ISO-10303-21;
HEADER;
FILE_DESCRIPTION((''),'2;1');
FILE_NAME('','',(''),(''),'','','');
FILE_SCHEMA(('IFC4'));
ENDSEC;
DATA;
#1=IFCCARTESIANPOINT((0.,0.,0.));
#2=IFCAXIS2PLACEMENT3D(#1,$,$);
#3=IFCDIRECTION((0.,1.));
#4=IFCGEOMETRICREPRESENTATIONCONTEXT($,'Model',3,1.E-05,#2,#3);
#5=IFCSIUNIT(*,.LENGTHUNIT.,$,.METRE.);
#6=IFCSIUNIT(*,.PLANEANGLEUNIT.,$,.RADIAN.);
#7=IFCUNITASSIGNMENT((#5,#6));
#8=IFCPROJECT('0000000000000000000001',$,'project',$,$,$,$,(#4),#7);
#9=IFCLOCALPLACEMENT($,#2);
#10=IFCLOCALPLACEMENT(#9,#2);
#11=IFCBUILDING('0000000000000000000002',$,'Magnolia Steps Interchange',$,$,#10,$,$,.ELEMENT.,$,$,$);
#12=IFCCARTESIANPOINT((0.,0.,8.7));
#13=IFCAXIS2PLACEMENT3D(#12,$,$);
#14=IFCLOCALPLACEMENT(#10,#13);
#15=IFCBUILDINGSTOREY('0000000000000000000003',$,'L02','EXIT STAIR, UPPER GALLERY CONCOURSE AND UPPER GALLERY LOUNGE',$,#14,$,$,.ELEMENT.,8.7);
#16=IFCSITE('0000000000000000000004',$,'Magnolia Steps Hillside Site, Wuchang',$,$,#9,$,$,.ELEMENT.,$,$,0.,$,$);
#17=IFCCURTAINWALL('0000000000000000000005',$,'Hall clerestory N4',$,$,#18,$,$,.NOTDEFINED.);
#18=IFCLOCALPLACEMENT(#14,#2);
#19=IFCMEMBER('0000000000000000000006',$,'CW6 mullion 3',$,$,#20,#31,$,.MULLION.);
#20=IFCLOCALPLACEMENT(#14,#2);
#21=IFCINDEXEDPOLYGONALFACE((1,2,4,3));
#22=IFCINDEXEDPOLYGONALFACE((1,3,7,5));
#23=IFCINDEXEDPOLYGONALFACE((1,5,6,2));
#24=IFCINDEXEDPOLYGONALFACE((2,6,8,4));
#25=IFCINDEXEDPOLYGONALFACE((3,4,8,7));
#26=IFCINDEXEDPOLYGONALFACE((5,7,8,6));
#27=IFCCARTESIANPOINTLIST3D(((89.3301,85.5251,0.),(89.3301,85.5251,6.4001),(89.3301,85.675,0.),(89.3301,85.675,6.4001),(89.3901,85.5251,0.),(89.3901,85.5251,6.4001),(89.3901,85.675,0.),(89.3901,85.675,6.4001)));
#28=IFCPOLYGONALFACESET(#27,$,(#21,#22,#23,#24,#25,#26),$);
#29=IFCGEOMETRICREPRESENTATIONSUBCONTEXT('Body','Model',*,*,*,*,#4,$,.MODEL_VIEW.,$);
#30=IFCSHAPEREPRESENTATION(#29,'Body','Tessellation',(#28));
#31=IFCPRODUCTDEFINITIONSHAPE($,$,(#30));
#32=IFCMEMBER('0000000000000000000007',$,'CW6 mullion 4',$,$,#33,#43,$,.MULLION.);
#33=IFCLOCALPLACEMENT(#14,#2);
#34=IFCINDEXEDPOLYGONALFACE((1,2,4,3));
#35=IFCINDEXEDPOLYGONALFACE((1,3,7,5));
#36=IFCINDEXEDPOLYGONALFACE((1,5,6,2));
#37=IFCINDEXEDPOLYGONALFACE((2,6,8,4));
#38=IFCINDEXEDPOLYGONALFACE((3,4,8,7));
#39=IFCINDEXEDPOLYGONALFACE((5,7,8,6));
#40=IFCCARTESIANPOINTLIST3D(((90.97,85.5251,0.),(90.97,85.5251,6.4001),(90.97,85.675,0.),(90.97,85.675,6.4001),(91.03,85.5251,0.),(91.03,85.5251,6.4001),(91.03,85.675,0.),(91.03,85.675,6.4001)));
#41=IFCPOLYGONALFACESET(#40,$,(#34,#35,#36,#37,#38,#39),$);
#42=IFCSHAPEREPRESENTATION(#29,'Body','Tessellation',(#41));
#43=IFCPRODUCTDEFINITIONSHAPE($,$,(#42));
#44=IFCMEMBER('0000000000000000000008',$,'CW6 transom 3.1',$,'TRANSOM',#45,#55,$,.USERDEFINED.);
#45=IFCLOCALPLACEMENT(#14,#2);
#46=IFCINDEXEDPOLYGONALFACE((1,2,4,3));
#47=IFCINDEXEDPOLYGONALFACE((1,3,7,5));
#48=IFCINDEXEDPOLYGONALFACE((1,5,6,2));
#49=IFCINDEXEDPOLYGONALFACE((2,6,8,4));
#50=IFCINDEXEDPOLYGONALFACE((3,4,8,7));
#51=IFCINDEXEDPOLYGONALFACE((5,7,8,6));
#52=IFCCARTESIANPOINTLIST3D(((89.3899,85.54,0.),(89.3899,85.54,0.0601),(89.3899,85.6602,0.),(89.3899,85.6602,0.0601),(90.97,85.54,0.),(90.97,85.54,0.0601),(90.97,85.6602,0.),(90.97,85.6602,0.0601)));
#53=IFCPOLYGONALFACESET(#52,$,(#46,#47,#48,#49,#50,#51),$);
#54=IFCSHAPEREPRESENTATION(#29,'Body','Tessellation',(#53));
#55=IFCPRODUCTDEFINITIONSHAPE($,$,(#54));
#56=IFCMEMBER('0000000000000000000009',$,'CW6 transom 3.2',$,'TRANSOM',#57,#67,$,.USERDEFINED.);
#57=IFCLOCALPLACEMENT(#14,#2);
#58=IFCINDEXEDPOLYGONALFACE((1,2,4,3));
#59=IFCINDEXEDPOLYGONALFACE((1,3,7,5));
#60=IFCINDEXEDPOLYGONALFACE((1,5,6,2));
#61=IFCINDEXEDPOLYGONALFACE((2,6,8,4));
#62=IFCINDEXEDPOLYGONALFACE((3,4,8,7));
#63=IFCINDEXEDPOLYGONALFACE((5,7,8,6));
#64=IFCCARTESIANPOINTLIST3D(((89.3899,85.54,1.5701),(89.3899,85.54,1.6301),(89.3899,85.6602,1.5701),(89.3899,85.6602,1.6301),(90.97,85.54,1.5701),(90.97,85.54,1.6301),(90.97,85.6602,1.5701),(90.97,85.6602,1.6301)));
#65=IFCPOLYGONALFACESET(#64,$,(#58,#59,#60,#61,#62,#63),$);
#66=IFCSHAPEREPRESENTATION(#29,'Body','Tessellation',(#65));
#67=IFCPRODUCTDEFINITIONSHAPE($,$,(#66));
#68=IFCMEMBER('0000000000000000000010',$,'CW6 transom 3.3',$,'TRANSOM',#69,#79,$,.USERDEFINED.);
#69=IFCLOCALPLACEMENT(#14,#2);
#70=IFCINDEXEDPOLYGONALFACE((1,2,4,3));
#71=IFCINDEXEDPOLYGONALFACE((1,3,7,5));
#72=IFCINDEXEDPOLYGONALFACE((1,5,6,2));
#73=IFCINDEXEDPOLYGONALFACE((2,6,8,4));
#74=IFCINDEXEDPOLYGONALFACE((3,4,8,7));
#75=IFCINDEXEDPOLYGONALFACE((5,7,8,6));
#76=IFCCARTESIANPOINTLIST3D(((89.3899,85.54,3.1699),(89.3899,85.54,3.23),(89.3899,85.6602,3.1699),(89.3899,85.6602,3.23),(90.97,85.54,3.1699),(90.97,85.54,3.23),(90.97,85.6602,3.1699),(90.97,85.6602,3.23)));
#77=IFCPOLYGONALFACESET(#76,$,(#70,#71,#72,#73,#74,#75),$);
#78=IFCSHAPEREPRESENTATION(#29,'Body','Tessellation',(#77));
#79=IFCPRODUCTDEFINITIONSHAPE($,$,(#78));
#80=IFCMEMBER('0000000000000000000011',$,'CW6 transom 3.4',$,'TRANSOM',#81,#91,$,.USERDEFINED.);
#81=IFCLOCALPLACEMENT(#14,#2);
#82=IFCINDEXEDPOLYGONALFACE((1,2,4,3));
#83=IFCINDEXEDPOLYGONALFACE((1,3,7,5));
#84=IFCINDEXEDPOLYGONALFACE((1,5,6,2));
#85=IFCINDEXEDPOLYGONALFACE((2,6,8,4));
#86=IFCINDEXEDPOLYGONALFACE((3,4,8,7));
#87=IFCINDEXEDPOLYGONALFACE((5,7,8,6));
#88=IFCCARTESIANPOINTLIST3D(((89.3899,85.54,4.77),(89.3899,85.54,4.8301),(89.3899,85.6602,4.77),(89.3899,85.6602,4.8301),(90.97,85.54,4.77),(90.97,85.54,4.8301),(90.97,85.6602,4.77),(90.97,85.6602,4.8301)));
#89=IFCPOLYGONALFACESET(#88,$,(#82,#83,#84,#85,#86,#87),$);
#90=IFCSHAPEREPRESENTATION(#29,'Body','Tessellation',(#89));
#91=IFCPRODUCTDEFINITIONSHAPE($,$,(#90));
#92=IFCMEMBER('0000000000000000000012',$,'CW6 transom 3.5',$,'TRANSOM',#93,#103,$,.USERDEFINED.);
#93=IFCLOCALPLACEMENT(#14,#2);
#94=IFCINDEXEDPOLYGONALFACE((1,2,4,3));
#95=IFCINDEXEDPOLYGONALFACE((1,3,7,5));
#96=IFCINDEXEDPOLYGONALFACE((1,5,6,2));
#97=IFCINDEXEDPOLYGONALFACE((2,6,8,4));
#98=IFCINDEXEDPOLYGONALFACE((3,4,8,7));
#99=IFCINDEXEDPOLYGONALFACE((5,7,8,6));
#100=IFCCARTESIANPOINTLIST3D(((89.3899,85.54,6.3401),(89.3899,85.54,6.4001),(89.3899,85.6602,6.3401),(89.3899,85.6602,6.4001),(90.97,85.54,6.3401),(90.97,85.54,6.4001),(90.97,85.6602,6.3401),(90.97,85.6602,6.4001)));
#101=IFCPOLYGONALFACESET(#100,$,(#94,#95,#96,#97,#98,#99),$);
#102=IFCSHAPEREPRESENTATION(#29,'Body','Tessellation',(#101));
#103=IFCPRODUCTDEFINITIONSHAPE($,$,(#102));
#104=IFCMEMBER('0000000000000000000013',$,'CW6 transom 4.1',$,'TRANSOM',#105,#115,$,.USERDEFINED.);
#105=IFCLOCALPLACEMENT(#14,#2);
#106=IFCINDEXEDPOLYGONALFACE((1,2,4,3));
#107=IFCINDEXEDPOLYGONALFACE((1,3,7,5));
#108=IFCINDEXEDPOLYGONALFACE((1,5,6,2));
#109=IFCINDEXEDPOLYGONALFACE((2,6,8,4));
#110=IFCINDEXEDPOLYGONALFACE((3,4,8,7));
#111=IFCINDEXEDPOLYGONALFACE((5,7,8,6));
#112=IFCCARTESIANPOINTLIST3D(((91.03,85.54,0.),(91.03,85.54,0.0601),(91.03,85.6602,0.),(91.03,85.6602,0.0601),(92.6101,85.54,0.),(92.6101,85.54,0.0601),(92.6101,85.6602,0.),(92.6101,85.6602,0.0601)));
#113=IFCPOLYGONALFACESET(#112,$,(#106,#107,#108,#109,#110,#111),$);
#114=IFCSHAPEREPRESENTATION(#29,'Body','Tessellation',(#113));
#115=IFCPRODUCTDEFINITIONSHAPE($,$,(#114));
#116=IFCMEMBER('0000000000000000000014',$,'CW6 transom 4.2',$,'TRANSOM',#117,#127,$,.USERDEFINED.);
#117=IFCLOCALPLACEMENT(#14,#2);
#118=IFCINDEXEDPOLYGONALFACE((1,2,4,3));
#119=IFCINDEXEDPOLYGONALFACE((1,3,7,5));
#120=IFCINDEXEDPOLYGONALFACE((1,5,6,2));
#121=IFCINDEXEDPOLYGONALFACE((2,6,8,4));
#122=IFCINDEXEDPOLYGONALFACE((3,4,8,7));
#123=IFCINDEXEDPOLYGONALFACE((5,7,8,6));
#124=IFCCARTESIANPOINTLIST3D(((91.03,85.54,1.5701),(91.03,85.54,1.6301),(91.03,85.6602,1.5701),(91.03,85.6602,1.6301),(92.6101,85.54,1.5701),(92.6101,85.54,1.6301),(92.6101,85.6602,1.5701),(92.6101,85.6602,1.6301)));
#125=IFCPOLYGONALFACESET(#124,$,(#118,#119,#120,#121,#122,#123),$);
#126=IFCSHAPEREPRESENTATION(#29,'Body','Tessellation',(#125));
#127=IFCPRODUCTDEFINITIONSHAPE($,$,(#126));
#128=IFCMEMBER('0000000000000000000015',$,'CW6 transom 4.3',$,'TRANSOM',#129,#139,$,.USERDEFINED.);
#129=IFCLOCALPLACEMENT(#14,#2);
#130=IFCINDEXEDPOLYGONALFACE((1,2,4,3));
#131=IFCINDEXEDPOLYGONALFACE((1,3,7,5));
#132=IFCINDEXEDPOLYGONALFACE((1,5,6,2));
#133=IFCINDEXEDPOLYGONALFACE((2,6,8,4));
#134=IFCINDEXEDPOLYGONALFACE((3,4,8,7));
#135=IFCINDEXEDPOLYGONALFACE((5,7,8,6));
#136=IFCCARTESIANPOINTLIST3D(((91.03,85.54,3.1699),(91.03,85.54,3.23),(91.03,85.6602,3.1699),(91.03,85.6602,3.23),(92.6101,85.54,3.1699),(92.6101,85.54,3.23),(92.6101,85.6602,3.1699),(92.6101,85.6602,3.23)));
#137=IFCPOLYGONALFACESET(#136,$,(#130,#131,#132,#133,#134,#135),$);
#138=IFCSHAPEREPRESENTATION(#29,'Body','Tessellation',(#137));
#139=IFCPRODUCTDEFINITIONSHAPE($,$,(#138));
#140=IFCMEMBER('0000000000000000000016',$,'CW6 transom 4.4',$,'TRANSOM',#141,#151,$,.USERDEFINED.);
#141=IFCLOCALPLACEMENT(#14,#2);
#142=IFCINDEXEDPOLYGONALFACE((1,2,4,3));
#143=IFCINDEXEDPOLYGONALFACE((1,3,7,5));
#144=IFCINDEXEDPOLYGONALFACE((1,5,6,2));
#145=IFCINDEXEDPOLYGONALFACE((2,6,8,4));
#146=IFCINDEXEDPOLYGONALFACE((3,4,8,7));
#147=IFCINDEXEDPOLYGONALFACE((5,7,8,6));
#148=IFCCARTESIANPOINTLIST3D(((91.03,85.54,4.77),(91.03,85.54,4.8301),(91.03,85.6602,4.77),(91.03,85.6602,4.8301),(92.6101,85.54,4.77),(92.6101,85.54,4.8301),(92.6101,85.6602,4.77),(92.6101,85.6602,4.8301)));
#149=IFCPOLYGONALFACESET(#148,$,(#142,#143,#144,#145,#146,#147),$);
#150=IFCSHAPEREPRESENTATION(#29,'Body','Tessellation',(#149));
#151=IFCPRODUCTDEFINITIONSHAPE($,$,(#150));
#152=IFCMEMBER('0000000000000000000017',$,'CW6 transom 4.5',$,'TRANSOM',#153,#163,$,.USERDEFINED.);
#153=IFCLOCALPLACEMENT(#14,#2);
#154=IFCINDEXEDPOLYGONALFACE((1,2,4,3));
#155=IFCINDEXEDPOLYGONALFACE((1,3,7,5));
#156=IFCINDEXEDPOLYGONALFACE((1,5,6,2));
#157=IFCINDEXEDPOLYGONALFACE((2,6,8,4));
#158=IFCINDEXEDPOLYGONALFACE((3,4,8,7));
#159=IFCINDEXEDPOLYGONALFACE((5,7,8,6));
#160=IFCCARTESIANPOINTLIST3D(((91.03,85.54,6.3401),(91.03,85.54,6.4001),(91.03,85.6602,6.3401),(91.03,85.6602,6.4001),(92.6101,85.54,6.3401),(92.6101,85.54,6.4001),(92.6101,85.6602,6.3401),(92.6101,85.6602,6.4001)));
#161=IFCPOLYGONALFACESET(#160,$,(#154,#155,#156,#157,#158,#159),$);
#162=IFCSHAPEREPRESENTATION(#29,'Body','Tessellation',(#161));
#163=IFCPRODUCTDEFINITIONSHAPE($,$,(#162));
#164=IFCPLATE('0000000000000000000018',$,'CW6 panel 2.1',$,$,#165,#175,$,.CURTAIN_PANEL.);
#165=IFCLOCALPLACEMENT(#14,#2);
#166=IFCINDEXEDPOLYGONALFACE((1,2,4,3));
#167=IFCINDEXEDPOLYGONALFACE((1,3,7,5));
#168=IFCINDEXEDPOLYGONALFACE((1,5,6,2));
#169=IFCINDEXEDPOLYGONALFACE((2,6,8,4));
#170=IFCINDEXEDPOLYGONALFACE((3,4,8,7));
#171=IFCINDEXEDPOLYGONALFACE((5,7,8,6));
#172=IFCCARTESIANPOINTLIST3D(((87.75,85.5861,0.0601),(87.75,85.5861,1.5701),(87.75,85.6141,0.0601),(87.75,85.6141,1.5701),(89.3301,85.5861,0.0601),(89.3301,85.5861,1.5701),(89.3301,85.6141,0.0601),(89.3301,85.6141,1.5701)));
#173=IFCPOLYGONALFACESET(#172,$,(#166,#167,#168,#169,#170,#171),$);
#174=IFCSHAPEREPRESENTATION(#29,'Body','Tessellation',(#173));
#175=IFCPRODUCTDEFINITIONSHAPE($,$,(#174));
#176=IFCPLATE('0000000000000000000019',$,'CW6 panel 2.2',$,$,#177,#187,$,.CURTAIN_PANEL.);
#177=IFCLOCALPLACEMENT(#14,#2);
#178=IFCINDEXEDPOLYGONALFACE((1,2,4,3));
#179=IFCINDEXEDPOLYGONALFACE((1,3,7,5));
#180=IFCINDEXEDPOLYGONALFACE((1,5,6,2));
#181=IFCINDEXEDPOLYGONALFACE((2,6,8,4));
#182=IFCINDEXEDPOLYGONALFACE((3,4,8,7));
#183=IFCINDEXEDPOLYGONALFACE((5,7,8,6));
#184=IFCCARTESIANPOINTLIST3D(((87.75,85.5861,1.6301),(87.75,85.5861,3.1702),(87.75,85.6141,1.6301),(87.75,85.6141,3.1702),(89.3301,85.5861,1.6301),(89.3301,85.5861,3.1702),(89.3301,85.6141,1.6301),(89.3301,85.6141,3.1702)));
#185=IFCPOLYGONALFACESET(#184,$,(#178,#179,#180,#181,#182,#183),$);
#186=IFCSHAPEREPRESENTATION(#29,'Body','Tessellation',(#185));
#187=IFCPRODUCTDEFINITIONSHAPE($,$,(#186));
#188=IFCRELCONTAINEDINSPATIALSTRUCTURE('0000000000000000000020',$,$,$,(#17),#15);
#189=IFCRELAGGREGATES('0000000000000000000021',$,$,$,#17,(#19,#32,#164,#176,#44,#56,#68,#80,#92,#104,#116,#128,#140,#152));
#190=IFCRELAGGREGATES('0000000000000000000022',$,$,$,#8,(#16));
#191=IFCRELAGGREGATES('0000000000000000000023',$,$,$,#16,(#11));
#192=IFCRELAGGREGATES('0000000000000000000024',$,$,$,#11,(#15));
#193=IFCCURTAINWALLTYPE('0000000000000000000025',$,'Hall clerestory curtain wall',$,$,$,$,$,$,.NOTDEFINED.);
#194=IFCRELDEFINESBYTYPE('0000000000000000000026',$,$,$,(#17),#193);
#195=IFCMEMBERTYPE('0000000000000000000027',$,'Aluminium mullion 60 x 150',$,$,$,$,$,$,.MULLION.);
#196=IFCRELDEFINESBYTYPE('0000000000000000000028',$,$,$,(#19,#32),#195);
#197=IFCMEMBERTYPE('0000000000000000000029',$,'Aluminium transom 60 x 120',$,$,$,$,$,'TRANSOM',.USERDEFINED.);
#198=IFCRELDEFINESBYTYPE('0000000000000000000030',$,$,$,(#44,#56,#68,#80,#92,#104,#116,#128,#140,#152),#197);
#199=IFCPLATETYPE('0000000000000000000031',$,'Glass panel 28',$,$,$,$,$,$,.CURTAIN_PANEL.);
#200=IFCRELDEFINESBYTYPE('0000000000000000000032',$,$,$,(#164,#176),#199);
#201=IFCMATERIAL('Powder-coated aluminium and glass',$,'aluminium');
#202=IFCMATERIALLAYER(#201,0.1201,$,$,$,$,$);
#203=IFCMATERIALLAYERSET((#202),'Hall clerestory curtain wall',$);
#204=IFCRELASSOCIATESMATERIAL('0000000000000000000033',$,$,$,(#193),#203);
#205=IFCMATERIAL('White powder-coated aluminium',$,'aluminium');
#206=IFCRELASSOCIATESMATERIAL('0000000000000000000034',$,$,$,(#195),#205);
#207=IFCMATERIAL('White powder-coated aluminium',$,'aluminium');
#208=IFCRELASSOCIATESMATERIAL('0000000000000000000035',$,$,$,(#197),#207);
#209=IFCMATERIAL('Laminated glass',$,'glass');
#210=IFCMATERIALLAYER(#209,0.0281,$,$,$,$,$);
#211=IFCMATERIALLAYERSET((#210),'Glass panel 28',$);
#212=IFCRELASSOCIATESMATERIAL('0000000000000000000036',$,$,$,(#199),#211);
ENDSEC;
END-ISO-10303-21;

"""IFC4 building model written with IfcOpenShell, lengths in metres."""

from ifc_helpers import new_model, si_unit, direction, frame, origin, origin_2d, place, context, subcontext, project, spatial, rectangle, extrude, material, layer, layer_set, material_profile, profile_set, type_object, element, aggregate, save


model = new_model("IFC4")

# Units and contexts
model_context = context("Model", 3, precision=1e-05, world=origin(), true_north=direction((0.0, 1.0)))
body_context = subcontext(model_context, "Body", "Model", "MODEL_VIEW")
ifc_project = project(units=[si_unit("LENGTHUNIT", "METRE"), si_unit("PLANEANGLEUNIT", "RADIAN")], contexts=[model_context])

# Site, building, storey
site_placement = place(None, origin())
site = spatial("IfcSite", under=ifc_project, at=site_placement, Name="Magnolia Steps Hillside Site, Wuchang", CompositionType="ELEMENT", RefElevation=0.0)
building_placement = place(site_placement, origin())
building = spatial("IfcBuilding", under=site, at=building_placement, Name="Magnolia Steps Interchange", CompositionType="ELEMENT")
storey_placement = place(building_placement, frame((0.0, 0.0, 8.7)))
storey = spatial("IfcBuildingStorey", under=building, at=storey_placement, Name="L02", Description="EXIT STAIR, UPPER GALLERY CONCOURSE AND UPPER GALLERY LOUNGE", CompositionType="ELEMENT", Elevation=8.7)

# Curtain wall, members, plates
ifc_material_1 = material(Name="Powder-coated aluminium and glass", Category="aluminium")
ifc_layer_1 = layer(ifc_material_1, 0.1201)
ifc_layer_set_1 = layer_set([ifc_layer_1], Name="Hall clerestory curtain wall")
curtain_wall_type = type_object("IfcCurtainWallType", Name="Hall clerestory curtain wall", PredefinedType="NOTDEFINED", material=ifc_layer_set_1)
curtain_wall_placement = place(storey_placement, origin())
curtain_wall = element("IfcCurtainWall", 1, at=curtain_wall_placement, inside=storey, type_object=curtain_wall_type, Name="Hall clerestory N4", PredefinedType="NOTDEFINED")
ifc_material_2 = material(Name="White powder-coated aluminium", Category="aluminium")
ifc_material_profile_1 = material_profile(ifc_material_2, rectangle(XDim=0.0601, YDim=0.1499, at=origin_2d()), Name="Aluminium mullion 60 x 150")
ifc_profile_set_1 = profile_set([ifc_material_profile_1], Name="White powder-coated aluminium")
member_type_1 = type_object("IfcMemberType", Name="Aluminium mullion 60 x 150", PredefinedType="MULLION", material=ifc_profile_set_1)
member_1_placement = place(storey_placement, frame((89.3601, 85.6001, 0.0), z_axis=(0.0, 0.0, 1.0), x_axis=(1.0, 0.0, 0.0)))
member_1 = element("IfcMember", 2, at=member_1_placement, type_object=member_type_1, Name="CW6 mullion 3", PredefinedType="MULLION", context=body_context, shape_type="SweptSolid", body=[
    extrude(rectangle(XDim=0.0601, YDim=0.1499, at=origin_2d()), origin(), (0.0, 0.0, 1.0), 6.4001),
])
member_2_placement = place(storey_placement, frame((91.0, 85.6001, 0.0), z_axis=(0.0, 0.0, 1.0), x_axis=(1.0, 0.0, 0.0)))
member_2 = element("IfcMember", 3, at=member_2_placement, type_object=member_type_1, Name="CW6 mullion 4", PredefinedType="MULLION", context=body_context, shape_type="SweptSolid", body=[
    extrude(rectangle(XDim=0.0601, YDim=0.1499, at=origin_2d()), origin(), (0.0, 0.0, 1.0), 6.4001),
])
ifc_material_3 = material(Name="White powder-coated aluminium", Category="aluminium")
ifc_material_profile_2 = material_profile(ifc_material_3, rectangle(XDim=0.0601, YDim=0.1201, at=origin_2d()), Name="Aluminium transom 60 x 120")
ifc_profile_set_2 = profile_set([ifc_material_profile_2], Name="White powder-coated aluminium")
member_type_2 = type_object("IfcMemberType", Name="Aluminium transom 60 x 120", ElementType="TRANSOM", PredefinedType="USERDEFINED", material=ifc_profile_set_2)
member_3_placement = place(storey_placement, frame((89.3899, 85.6001, 0.03), z_axis=(1.0, 0.0, 0.0), x_axis=(0.0, 0.0, 1.0)))
member_3 = element("IfcMember", 4, at=member_3_placement, type_object=member_type_2, Name="CW6 transom 3.1", ObjectType="TRANSOM", PredefinedType="USERDEFINED", context=body_context, shape_type="SweptSolid", body=[
    extrude(rectangle(XDim=0.0601, YDim=0.1201, at=origin_2d()), origin(), (0.0, 0.0, 1.0), 1.5801),
])
member_4_placement = place(storey_placement, frame((89.3899, 85.6001, 1.6001), z_axis=(1.0, 0.0, 0.0), x_axis=(0.0, 0.0, 1.0)))
member_4 = element("IfcMember", 5, at=member_4_placement, type_object=member_type_2, Name="CW6 transom 3.2", ObjectType="TRANSOM", PredefinedType="USERDEFINED", context=body_context, shape_type="SweptSolid", body=[
    extrude(rectangle(XDim=0.0601, YDim=0.1201, at=origin_2d()), origin(), (0.0, 0.0, 1.0), 1.5801),
])
member_5_placement = place(storey_placement, frame((89.3899, 85.6001, 3.2), z_axis=(1.0, 0.0, 0.0), x_axis=(0.0, 0.0, 1.0)))
member_5 = element("IfcMember", 6, at=member_5_placement, type_object=member_type_2, Name="CW6 transom 3.3", ObjectType="TRANSOM", PredefinedType="USERDEFINED", context=body_context, shape_type="SweptSolid", body=[
    extrude(rectangle(XDim=0.0601, YDim=0.1201, at=origin_2d()), origin(), (0.0, 0.0, 1.0), 1.5801),
])
member_6_placement = place(storey_placement, frame((89.3899, 85.6001, 4.8), z_axis=(1.0, 0.0, 0.0), x_axis=(0.0, 0.0, 1.0)))
member_6 = element("IfcMember", 7, at=member_6_placement, type_object=member_type_2, Name="CW6 transom 3.4", ObjectType="TRANSOM", PredefinedType="USERDEFINED", context=body_context, shape_type="SweptSolid", body=[
    extrude(rectangle(XDim=0.0601, YDim=0.1201, at=origin_2d()), origin(), (0.0, 0.0, 1.0), 1.5801),
])
member_7_placement = place(storey_placement, frame((89.3899, 85.6001, 6.3701), z_axis=(1.0, 0.0, 0.0), x_axis=(0.0, 0.0, 1.0)))
member_7 = element("IfcMember", 8, at=member_7_placement, type_object=member_type_2, Name="CW6 transom 3.5", ObjectType="TRANSOM", PredefinedType="USERDEFINED", context=body_context, shape_type="SweptSolid", body=[
    extrude(rectangle(XDim=0.0601, YDim=0.1201, at=origin_2d()), origin(), (0.0, 0.0, 1.0), 1.5801),
])
member_8_placement = place(storey_placement, frame((91.03, 85.6001, 0.03), z_axis=(1.0, 0.0, 0.0), x_axis=(0.0, 0.0, 1.0)))
member_8 = element("IfcMember", 9, at=member_8_placement, type_object=member_type_2, Name="CW6 transom 4.1", ObjectType="TRANSOM", PredefinedType="USERDEFINED", context=body_context, shape_type="SweptSolid", body=[
    extrude(rectangle(XDim=0.0601, YDim=0.1201, at=origin_2d()), origin(), (0.0, 0.0, 1.0), 1.5801),
])
member_9_placement = place(storey_placement, frame((91.03, 85.6001, 1.6001), z_axis=(1.0, 0.0, 0.0), x_axis=(0.0, 0.0, 1.0)))
member_9 = element("IfcMember", 10, at=member_9_placement, type_object=member_type_2, Name="CW6 transom 4.2", ObjectType="TRANSOM", PredefinedType="USERDEFINED", context=body_context, shape_type="SweptSolid", body=[
    extrude(rectangle(XDim=0.0601, YDim=0.1201, at=origin_2d()), origin(), (0.0, 0.0, 1.0), 1.5801),
])
member_10_placement = place(storey_placement, frame((91.03, 85.6001, 3.2), z_axis=(1.0, 0.0, 0.0), x_axis=(0.0, 0.0, 1.0)))
member_10 = element("IfcMember", 11, at=member_10_placement, type_object=member_type_2, Name="CW6 transom 4.3", ObjectType="TRANSOM", PredefinedType="USERDEFINED", context=body_context, shape_type="SweptSolid", body=[
    extrude(rectangle(XDim=0.0601, YDim=0.1201, at=origin_2d()), origin(), (0.0, 0.0, 1.0), 1.5801),
])
member_11_placement = place(storey_placement, frame((91.03, 85.6001, 4.8), z_axis=(1.0, 0.0, 0.0), x_axis=(0.0, 0.0, 1.0)))
member_11 = element("IfcMember", 12, at=member_11_placement, type_object=member_type_2, Name="CW6 transom 4.4", ObjectType="TRANSOM", PredefinedType="USERDEFINED", context=body_context, shape_type="SweptSolid", body=[
    extrude(rectangle(XDim=0.0601, YDim=0.1201, at=origin_2d()), origin(), (0.0, 0.0, 1.0), 1.5801),
])
member_12_placement = place(storey_placement, frame((91.03, 85.6001, 6.3701), z_axis=(1.0, 0.0, 0.0), x_axis=(0.0, 0.0, 1.0)))
member_12 = element("IfcMember", 13, at=member_12_placement, type_object=member_type_2, Name="CW6 transom 4.5", ObjectType="TRANSOM", PredefinedType="USERDEFINED", context=body_context, shape_type="SweptSolid", body=[
    extrude(rectangle(XDim=0.0601, YDim=0.1201, at=origin_2d()), origin(), (0.0, 0.0, 1.0), 1.5801),
])
ifc_material_4 = material(Name="Laminated glass", Category="glass")
ifc_layer_2 = layer(ifc_material_4, 0.0281)
ifc_layer_set_2 = layer_set([ifc_layer_2], Name="Glass panel 28")
plate_type = type_object("IfcPlateType", Name="Glass panel 28", PredefinedType="CURTAIN_PANEL", material=ifc_layer_set_2)
plate_1_placement = place(storey_placement, frame((88.54, 85.6001, 0.0601), z_axis=(0.0, 0.0, 1.0), x_axis=(1.0, 0.0, 0.0)))
plate_1 = element("IfcPlate", 14, at=plate_1_placement, type_object=plate_type, Name="CW6 panel 2.1", PredefinedType="CURTAIN_PANEL", context=body_context, shape_type="SweptSolid", body=[
    extrude(rectangle(XDim=1.5801, YDim=0.0281, at=origin_2d()), origin(), (0.0, 0.0, 1.0), 1.51),
])
plate_2_placement = place(storey_placement, frame((88.54, 85.6001, 1.6301), z_axis=(0.0, 0.0, 1.0), x_axis=(1.0, 0.0, 0.0)))
plate_2 = element("IfcPlate", 15, at=plate_2_placement, type_object=plate_type, Name="CW6 panel 2.2", PredefinedType="CURTAIN_PANEL", context=body_context, shape_type="SweptSolid", body=[
    extrude(rectangle(XDim=1.5801, YDim=0.0281, at=origin_2d()), origin(), (0.0, 0.0, 1.0), 1.54),
])
aggregate(curtain_wall, [member_1, member_2, plate_1, plate_2, member_3, member_4, member_5, member_6, member_7, member_8, member_9, member_10, member_11, member_12])

save(model, "model.ifc")
